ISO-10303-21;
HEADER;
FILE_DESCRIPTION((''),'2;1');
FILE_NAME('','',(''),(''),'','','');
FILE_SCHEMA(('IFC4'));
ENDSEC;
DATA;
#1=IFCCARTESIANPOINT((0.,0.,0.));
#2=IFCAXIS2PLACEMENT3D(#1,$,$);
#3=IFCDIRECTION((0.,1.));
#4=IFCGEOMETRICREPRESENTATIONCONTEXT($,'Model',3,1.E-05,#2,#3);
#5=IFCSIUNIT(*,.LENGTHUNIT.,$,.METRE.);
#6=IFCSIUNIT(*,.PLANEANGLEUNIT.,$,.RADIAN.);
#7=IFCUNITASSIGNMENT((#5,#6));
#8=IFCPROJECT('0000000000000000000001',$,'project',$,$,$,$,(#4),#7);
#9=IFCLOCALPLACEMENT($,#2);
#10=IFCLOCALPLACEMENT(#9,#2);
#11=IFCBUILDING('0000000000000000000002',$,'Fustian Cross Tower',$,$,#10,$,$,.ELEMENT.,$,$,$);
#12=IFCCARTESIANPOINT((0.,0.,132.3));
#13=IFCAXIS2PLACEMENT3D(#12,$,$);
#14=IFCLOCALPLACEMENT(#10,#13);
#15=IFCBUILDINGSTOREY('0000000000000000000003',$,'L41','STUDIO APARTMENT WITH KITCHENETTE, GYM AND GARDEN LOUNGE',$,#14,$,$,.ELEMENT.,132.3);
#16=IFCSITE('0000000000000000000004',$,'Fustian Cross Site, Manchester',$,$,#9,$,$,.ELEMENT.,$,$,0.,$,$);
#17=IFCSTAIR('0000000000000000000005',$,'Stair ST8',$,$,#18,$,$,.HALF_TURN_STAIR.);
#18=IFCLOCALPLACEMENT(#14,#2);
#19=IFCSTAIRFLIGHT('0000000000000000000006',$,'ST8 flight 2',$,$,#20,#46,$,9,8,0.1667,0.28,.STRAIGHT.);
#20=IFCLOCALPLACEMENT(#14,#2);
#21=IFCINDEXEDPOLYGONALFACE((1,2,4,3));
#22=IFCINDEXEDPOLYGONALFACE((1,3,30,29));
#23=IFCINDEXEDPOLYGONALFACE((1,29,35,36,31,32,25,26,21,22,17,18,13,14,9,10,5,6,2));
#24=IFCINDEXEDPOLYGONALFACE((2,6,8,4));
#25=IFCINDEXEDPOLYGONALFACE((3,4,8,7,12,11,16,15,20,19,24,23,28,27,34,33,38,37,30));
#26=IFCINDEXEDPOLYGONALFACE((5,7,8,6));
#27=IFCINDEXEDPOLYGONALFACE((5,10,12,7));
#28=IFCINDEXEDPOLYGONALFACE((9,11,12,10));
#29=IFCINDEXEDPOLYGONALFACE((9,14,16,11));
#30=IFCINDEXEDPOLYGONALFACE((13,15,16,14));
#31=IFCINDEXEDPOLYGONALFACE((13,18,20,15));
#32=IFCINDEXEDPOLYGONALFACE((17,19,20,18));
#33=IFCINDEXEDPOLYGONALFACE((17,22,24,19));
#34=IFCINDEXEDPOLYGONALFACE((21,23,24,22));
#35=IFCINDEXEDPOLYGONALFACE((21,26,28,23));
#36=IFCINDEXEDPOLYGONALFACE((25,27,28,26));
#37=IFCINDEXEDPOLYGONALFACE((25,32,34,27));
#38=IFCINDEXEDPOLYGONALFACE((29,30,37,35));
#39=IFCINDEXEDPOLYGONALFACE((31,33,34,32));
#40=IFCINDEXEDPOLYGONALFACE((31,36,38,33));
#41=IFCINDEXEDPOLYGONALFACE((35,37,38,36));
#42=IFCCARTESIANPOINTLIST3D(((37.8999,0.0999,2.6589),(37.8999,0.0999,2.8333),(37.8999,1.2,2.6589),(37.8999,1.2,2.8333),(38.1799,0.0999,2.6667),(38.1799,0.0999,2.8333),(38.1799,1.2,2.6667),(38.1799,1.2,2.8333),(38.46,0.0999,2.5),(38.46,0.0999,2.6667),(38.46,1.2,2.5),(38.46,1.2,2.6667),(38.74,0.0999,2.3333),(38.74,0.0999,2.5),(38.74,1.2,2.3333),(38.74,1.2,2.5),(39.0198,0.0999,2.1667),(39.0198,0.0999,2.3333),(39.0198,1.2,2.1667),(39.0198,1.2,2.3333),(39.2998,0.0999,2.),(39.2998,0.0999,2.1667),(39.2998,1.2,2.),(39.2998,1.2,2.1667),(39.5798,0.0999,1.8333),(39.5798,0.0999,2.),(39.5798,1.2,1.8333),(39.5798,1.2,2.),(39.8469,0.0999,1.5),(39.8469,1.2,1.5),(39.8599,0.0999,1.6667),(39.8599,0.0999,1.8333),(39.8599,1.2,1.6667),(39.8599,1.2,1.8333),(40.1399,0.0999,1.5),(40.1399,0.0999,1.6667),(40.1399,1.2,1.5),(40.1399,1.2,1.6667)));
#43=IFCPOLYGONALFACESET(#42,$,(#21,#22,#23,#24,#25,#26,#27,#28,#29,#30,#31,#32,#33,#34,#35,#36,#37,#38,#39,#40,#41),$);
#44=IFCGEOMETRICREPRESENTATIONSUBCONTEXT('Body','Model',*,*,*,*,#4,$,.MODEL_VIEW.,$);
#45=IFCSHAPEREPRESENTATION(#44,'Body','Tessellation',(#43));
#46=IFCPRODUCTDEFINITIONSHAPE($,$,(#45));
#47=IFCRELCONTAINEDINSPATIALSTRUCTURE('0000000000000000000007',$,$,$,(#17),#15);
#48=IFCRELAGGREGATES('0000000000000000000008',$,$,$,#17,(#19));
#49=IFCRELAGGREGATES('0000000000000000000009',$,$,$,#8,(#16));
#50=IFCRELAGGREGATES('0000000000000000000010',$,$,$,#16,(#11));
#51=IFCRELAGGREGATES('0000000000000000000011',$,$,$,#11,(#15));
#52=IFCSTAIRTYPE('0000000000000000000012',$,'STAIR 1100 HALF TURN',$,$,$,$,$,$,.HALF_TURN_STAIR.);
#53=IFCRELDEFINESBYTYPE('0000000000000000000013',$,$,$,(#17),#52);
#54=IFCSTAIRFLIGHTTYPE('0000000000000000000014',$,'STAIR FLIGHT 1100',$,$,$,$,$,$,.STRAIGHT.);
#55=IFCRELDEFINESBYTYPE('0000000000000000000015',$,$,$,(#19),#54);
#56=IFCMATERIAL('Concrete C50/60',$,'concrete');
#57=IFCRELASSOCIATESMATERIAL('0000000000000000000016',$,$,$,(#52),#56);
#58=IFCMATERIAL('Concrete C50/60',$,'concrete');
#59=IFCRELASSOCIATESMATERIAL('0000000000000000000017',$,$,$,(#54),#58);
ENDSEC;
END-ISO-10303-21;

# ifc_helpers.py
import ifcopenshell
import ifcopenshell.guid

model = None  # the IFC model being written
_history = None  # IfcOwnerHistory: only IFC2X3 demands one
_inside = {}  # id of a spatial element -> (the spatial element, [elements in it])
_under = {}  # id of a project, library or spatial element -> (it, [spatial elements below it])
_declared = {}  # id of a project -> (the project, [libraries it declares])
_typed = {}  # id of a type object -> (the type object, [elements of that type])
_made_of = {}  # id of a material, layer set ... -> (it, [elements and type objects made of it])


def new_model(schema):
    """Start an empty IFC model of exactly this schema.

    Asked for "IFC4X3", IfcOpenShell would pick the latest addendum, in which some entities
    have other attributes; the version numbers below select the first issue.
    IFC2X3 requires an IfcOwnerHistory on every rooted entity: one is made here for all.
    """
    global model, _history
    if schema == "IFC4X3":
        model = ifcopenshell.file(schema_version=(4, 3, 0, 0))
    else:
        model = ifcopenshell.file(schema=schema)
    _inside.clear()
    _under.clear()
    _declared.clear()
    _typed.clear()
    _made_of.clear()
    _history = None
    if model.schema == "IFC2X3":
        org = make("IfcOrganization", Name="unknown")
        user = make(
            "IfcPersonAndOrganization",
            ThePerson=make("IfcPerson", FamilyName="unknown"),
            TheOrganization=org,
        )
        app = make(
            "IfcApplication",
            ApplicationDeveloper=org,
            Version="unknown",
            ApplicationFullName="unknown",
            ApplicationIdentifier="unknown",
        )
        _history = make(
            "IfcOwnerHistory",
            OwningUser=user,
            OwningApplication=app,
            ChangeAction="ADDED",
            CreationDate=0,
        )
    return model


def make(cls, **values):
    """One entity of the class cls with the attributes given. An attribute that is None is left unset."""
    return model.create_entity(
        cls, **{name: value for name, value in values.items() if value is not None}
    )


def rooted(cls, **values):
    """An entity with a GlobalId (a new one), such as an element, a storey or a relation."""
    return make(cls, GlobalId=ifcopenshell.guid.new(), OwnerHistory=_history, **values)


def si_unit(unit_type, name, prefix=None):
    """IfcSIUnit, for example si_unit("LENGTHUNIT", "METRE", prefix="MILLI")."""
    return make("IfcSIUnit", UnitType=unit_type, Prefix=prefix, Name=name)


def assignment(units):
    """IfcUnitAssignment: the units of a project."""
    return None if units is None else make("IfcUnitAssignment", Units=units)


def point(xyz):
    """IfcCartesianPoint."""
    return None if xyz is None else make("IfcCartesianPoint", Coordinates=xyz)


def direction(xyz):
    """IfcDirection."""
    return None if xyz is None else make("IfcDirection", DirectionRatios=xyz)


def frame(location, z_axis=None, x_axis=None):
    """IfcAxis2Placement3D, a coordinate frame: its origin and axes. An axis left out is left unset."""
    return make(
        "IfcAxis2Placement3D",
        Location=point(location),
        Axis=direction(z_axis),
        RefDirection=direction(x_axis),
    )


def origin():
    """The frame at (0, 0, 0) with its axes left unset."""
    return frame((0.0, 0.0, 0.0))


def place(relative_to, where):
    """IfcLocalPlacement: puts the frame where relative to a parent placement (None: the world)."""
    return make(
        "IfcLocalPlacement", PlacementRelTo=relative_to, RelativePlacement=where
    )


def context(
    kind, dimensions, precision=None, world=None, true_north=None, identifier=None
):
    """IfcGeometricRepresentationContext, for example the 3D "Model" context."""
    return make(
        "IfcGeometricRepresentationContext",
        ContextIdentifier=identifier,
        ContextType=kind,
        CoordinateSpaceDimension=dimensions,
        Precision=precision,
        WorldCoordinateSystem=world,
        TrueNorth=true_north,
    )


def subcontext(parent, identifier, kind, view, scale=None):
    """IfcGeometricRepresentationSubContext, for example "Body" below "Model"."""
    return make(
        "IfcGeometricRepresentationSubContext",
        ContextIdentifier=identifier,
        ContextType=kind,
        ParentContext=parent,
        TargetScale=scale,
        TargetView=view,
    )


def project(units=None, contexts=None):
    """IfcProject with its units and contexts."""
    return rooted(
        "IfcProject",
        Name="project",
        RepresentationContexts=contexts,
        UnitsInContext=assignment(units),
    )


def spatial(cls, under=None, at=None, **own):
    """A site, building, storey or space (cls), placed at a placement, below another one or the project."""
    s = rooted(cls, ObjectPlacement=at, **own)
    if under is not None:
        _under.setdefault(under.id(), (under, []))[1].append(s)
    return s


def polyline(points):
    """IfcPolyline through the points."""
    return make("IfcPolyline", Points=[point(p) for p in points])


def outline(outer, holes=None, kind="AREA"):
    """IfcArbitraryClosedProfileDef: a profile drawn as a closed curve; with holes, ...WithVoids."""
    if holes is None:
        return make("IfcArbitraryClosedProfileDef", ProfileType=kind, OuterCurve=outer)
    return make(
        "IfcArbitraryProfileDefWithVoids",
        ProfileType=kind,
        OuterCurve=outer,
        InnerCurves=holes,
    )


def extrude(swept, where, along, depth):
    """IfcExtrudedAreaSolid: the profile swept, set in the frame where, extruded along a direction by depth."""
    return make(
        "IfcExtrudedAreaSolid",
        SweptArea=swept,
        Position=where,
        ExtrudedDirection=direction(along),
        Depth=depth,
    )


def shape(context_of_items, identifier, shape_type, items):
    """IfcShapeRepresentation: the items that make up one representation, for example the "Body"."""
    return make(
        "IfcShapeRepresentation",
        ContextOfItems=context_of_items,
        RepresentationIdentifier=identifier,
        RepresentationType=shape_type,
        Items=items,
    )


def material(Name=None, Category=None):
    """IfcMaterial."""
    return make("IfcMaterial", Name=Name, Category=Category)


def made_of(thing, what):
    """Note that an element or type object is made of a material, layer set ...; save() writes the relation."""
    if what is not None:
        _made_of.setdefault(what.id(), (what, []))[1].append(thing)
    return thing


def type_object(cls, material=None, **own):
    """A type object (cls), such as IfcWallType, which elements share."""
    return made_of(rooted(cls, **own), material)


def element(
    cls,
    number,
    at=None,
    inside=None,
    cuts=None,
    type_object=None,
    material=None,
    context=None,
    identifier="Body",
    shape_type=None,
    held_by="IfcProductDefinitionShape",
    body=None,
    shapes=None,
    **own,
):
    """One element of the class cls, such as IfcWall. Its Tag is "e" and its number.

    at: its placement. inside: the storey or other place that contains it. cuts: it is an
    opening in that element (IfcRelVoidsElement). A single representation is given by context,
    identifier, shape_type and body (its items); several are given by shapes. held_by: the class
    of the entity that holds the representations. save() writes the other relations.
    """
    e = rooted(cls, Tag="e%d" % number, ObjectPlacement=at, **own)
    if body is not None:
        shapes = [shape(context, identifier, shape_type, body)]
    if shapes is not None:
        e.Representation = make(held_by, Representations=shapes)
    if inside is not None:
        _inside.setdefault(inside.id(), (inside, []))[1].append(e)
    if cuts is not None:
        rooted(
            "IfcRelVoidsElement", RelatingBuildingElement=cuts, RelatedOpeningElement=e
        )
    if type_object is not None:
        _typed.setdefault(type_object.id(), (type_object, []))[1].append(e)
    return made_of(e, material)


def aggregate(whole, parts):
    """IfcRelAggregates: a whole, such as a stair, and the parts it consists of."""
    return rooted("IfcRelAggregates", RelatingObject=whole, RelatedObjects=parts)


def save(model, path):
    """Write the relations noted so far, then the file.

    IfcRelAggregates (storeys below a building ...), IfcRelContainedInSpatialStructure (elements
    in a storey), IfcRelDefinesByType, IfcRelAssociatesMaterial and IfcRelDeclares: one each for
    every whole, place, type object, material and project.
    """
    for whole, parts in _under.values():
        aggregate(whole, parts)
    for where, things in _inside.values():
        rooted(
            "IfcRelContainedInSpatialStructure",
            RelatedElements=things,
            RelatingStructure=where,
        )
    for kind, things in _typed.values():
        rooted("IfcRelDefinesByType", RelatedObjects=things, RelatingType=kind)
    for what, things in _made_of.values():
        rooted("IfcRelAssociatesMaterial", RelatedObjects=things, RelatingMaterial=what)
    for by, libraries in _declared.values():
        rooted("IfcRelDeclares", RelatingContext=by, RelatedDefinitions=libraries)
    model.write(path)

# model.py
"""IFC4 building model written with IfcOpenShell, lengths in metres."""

from ifc_helpers import new_model, si_unit, direction, frame, origin, place, context, subcontext, project, spatial, polyline, outline, extrude, material, type_object, element, aggregate, save


model = new_model("IFC4")

# Units and contexts
model_context = context("Model", 3, precision=1e-05, world=origin(), true_north=direction((0.0, 1.0)))
body_context = subcontext(model_context, "Body", "Model", "MODEL_VIEW")
ifc_project = project(units=[si_unit("LENGTHUNIT", "METRE"), si_unit("PLANEANGLEUNIT", "RADIAN")], contexts=[model_context])

# Site, building, storey
site_placement = place(None, origin())
site = spatial("IfcSite", under=ifc_project, at=site_placement, Name="Fustian Cross Site, Manchester", CompositionType="ELEMENT", RefElevation=0.0)
building_placement = place(site_placement, origin())
building = spatial("IfcBuilding", under=site, at=building_placement, Name="Fustian Cross Tower", CompositionType="ELEMENT")
storey_placement = place(building_placement, frame((0.0, 0.0, 132.3)))
storey = spatial("IfcBuildingStorey", under=building, at=storey_placement, Name="L41", Description="STUDIO APARTMENT WITH KITCHENETTE, GYM AND GARDEN LOUNGE", CompositionType="ELEMENT", Elevation=132.3)

# Stair, stair flight
ifc_material_1 = material(Name="Concrete C50/60", Category="concrete")
stair_type = type_object("IfcStairType", Name="STAIR 1100 HALF TURN", PredefinedType="HALF_TURN_STAIR", material=ifc_material_1)
stair_placement = place(storey_placement, origin())
stair = element("IfcStair", 1, at=stair_placement, inside=storey, type_object=stair_type, Name="Stair ST8", PredefinedType="HALF_TURN_STAIR")
ifc_material_2 = material(Name="Concrete C50/60", Category="concrete")
stair_flight_type = type_object("IfcStairFlightType", Name="STAIR FLIGHT 1100", PredefinedType="STRAIGHT", material=ifc_material_2)
stair_flight_placement = place(storey_placement, frame((40.1399, 0.6499, 1.5), z_axis=(0.0, 0.0, 1.0), x_axis=(-1.0, 0.0, 0.0)))
stair_flight = element("IfcStairFlight", 2, at=stair_flight_placement, type_object=stair_flight_type, Name="ST8 flight 2", NumberOfRisers=9, NumberOfTreads=8, PredefinedType="STRAIGHT", RiserHeight=0.1667, TreadLength=0.28, context=body_context, shape_type="SweptSolid", body=[
    extrude(outline(polyline([(0.0, 0.0), (0.0, 0.1667), (0.28, 0.1667), (0.28, 0.3333), (0.5601, 0.3333), (0.5601, 0.5), (0.8401, 0.5), (0.8401, 0.6667), (1.1201, 0.6667), (1.1201, 0.8333), (1.3999, 0.8333), (1.3999, 1.0), (1.6799, 1.0), (1.6799, 1.1667), (1.96, 1.1667), (1.96, 1.3333), (2.24, 1.3333), (2.24, 1.5), (2.24, 1.1589), (0.293, 0.0), (0.0, 0.0)])), frame((0.0, 0.55, 0.0), z_axis=(0.0, -1.0, 0.0), x_axis=(1.0, 0.0, 0.0)), (0.0, 0.0, 1.0), 1.1001),
])
aggregate(stair, [stair_flight])

save(model, "model.ifc")
